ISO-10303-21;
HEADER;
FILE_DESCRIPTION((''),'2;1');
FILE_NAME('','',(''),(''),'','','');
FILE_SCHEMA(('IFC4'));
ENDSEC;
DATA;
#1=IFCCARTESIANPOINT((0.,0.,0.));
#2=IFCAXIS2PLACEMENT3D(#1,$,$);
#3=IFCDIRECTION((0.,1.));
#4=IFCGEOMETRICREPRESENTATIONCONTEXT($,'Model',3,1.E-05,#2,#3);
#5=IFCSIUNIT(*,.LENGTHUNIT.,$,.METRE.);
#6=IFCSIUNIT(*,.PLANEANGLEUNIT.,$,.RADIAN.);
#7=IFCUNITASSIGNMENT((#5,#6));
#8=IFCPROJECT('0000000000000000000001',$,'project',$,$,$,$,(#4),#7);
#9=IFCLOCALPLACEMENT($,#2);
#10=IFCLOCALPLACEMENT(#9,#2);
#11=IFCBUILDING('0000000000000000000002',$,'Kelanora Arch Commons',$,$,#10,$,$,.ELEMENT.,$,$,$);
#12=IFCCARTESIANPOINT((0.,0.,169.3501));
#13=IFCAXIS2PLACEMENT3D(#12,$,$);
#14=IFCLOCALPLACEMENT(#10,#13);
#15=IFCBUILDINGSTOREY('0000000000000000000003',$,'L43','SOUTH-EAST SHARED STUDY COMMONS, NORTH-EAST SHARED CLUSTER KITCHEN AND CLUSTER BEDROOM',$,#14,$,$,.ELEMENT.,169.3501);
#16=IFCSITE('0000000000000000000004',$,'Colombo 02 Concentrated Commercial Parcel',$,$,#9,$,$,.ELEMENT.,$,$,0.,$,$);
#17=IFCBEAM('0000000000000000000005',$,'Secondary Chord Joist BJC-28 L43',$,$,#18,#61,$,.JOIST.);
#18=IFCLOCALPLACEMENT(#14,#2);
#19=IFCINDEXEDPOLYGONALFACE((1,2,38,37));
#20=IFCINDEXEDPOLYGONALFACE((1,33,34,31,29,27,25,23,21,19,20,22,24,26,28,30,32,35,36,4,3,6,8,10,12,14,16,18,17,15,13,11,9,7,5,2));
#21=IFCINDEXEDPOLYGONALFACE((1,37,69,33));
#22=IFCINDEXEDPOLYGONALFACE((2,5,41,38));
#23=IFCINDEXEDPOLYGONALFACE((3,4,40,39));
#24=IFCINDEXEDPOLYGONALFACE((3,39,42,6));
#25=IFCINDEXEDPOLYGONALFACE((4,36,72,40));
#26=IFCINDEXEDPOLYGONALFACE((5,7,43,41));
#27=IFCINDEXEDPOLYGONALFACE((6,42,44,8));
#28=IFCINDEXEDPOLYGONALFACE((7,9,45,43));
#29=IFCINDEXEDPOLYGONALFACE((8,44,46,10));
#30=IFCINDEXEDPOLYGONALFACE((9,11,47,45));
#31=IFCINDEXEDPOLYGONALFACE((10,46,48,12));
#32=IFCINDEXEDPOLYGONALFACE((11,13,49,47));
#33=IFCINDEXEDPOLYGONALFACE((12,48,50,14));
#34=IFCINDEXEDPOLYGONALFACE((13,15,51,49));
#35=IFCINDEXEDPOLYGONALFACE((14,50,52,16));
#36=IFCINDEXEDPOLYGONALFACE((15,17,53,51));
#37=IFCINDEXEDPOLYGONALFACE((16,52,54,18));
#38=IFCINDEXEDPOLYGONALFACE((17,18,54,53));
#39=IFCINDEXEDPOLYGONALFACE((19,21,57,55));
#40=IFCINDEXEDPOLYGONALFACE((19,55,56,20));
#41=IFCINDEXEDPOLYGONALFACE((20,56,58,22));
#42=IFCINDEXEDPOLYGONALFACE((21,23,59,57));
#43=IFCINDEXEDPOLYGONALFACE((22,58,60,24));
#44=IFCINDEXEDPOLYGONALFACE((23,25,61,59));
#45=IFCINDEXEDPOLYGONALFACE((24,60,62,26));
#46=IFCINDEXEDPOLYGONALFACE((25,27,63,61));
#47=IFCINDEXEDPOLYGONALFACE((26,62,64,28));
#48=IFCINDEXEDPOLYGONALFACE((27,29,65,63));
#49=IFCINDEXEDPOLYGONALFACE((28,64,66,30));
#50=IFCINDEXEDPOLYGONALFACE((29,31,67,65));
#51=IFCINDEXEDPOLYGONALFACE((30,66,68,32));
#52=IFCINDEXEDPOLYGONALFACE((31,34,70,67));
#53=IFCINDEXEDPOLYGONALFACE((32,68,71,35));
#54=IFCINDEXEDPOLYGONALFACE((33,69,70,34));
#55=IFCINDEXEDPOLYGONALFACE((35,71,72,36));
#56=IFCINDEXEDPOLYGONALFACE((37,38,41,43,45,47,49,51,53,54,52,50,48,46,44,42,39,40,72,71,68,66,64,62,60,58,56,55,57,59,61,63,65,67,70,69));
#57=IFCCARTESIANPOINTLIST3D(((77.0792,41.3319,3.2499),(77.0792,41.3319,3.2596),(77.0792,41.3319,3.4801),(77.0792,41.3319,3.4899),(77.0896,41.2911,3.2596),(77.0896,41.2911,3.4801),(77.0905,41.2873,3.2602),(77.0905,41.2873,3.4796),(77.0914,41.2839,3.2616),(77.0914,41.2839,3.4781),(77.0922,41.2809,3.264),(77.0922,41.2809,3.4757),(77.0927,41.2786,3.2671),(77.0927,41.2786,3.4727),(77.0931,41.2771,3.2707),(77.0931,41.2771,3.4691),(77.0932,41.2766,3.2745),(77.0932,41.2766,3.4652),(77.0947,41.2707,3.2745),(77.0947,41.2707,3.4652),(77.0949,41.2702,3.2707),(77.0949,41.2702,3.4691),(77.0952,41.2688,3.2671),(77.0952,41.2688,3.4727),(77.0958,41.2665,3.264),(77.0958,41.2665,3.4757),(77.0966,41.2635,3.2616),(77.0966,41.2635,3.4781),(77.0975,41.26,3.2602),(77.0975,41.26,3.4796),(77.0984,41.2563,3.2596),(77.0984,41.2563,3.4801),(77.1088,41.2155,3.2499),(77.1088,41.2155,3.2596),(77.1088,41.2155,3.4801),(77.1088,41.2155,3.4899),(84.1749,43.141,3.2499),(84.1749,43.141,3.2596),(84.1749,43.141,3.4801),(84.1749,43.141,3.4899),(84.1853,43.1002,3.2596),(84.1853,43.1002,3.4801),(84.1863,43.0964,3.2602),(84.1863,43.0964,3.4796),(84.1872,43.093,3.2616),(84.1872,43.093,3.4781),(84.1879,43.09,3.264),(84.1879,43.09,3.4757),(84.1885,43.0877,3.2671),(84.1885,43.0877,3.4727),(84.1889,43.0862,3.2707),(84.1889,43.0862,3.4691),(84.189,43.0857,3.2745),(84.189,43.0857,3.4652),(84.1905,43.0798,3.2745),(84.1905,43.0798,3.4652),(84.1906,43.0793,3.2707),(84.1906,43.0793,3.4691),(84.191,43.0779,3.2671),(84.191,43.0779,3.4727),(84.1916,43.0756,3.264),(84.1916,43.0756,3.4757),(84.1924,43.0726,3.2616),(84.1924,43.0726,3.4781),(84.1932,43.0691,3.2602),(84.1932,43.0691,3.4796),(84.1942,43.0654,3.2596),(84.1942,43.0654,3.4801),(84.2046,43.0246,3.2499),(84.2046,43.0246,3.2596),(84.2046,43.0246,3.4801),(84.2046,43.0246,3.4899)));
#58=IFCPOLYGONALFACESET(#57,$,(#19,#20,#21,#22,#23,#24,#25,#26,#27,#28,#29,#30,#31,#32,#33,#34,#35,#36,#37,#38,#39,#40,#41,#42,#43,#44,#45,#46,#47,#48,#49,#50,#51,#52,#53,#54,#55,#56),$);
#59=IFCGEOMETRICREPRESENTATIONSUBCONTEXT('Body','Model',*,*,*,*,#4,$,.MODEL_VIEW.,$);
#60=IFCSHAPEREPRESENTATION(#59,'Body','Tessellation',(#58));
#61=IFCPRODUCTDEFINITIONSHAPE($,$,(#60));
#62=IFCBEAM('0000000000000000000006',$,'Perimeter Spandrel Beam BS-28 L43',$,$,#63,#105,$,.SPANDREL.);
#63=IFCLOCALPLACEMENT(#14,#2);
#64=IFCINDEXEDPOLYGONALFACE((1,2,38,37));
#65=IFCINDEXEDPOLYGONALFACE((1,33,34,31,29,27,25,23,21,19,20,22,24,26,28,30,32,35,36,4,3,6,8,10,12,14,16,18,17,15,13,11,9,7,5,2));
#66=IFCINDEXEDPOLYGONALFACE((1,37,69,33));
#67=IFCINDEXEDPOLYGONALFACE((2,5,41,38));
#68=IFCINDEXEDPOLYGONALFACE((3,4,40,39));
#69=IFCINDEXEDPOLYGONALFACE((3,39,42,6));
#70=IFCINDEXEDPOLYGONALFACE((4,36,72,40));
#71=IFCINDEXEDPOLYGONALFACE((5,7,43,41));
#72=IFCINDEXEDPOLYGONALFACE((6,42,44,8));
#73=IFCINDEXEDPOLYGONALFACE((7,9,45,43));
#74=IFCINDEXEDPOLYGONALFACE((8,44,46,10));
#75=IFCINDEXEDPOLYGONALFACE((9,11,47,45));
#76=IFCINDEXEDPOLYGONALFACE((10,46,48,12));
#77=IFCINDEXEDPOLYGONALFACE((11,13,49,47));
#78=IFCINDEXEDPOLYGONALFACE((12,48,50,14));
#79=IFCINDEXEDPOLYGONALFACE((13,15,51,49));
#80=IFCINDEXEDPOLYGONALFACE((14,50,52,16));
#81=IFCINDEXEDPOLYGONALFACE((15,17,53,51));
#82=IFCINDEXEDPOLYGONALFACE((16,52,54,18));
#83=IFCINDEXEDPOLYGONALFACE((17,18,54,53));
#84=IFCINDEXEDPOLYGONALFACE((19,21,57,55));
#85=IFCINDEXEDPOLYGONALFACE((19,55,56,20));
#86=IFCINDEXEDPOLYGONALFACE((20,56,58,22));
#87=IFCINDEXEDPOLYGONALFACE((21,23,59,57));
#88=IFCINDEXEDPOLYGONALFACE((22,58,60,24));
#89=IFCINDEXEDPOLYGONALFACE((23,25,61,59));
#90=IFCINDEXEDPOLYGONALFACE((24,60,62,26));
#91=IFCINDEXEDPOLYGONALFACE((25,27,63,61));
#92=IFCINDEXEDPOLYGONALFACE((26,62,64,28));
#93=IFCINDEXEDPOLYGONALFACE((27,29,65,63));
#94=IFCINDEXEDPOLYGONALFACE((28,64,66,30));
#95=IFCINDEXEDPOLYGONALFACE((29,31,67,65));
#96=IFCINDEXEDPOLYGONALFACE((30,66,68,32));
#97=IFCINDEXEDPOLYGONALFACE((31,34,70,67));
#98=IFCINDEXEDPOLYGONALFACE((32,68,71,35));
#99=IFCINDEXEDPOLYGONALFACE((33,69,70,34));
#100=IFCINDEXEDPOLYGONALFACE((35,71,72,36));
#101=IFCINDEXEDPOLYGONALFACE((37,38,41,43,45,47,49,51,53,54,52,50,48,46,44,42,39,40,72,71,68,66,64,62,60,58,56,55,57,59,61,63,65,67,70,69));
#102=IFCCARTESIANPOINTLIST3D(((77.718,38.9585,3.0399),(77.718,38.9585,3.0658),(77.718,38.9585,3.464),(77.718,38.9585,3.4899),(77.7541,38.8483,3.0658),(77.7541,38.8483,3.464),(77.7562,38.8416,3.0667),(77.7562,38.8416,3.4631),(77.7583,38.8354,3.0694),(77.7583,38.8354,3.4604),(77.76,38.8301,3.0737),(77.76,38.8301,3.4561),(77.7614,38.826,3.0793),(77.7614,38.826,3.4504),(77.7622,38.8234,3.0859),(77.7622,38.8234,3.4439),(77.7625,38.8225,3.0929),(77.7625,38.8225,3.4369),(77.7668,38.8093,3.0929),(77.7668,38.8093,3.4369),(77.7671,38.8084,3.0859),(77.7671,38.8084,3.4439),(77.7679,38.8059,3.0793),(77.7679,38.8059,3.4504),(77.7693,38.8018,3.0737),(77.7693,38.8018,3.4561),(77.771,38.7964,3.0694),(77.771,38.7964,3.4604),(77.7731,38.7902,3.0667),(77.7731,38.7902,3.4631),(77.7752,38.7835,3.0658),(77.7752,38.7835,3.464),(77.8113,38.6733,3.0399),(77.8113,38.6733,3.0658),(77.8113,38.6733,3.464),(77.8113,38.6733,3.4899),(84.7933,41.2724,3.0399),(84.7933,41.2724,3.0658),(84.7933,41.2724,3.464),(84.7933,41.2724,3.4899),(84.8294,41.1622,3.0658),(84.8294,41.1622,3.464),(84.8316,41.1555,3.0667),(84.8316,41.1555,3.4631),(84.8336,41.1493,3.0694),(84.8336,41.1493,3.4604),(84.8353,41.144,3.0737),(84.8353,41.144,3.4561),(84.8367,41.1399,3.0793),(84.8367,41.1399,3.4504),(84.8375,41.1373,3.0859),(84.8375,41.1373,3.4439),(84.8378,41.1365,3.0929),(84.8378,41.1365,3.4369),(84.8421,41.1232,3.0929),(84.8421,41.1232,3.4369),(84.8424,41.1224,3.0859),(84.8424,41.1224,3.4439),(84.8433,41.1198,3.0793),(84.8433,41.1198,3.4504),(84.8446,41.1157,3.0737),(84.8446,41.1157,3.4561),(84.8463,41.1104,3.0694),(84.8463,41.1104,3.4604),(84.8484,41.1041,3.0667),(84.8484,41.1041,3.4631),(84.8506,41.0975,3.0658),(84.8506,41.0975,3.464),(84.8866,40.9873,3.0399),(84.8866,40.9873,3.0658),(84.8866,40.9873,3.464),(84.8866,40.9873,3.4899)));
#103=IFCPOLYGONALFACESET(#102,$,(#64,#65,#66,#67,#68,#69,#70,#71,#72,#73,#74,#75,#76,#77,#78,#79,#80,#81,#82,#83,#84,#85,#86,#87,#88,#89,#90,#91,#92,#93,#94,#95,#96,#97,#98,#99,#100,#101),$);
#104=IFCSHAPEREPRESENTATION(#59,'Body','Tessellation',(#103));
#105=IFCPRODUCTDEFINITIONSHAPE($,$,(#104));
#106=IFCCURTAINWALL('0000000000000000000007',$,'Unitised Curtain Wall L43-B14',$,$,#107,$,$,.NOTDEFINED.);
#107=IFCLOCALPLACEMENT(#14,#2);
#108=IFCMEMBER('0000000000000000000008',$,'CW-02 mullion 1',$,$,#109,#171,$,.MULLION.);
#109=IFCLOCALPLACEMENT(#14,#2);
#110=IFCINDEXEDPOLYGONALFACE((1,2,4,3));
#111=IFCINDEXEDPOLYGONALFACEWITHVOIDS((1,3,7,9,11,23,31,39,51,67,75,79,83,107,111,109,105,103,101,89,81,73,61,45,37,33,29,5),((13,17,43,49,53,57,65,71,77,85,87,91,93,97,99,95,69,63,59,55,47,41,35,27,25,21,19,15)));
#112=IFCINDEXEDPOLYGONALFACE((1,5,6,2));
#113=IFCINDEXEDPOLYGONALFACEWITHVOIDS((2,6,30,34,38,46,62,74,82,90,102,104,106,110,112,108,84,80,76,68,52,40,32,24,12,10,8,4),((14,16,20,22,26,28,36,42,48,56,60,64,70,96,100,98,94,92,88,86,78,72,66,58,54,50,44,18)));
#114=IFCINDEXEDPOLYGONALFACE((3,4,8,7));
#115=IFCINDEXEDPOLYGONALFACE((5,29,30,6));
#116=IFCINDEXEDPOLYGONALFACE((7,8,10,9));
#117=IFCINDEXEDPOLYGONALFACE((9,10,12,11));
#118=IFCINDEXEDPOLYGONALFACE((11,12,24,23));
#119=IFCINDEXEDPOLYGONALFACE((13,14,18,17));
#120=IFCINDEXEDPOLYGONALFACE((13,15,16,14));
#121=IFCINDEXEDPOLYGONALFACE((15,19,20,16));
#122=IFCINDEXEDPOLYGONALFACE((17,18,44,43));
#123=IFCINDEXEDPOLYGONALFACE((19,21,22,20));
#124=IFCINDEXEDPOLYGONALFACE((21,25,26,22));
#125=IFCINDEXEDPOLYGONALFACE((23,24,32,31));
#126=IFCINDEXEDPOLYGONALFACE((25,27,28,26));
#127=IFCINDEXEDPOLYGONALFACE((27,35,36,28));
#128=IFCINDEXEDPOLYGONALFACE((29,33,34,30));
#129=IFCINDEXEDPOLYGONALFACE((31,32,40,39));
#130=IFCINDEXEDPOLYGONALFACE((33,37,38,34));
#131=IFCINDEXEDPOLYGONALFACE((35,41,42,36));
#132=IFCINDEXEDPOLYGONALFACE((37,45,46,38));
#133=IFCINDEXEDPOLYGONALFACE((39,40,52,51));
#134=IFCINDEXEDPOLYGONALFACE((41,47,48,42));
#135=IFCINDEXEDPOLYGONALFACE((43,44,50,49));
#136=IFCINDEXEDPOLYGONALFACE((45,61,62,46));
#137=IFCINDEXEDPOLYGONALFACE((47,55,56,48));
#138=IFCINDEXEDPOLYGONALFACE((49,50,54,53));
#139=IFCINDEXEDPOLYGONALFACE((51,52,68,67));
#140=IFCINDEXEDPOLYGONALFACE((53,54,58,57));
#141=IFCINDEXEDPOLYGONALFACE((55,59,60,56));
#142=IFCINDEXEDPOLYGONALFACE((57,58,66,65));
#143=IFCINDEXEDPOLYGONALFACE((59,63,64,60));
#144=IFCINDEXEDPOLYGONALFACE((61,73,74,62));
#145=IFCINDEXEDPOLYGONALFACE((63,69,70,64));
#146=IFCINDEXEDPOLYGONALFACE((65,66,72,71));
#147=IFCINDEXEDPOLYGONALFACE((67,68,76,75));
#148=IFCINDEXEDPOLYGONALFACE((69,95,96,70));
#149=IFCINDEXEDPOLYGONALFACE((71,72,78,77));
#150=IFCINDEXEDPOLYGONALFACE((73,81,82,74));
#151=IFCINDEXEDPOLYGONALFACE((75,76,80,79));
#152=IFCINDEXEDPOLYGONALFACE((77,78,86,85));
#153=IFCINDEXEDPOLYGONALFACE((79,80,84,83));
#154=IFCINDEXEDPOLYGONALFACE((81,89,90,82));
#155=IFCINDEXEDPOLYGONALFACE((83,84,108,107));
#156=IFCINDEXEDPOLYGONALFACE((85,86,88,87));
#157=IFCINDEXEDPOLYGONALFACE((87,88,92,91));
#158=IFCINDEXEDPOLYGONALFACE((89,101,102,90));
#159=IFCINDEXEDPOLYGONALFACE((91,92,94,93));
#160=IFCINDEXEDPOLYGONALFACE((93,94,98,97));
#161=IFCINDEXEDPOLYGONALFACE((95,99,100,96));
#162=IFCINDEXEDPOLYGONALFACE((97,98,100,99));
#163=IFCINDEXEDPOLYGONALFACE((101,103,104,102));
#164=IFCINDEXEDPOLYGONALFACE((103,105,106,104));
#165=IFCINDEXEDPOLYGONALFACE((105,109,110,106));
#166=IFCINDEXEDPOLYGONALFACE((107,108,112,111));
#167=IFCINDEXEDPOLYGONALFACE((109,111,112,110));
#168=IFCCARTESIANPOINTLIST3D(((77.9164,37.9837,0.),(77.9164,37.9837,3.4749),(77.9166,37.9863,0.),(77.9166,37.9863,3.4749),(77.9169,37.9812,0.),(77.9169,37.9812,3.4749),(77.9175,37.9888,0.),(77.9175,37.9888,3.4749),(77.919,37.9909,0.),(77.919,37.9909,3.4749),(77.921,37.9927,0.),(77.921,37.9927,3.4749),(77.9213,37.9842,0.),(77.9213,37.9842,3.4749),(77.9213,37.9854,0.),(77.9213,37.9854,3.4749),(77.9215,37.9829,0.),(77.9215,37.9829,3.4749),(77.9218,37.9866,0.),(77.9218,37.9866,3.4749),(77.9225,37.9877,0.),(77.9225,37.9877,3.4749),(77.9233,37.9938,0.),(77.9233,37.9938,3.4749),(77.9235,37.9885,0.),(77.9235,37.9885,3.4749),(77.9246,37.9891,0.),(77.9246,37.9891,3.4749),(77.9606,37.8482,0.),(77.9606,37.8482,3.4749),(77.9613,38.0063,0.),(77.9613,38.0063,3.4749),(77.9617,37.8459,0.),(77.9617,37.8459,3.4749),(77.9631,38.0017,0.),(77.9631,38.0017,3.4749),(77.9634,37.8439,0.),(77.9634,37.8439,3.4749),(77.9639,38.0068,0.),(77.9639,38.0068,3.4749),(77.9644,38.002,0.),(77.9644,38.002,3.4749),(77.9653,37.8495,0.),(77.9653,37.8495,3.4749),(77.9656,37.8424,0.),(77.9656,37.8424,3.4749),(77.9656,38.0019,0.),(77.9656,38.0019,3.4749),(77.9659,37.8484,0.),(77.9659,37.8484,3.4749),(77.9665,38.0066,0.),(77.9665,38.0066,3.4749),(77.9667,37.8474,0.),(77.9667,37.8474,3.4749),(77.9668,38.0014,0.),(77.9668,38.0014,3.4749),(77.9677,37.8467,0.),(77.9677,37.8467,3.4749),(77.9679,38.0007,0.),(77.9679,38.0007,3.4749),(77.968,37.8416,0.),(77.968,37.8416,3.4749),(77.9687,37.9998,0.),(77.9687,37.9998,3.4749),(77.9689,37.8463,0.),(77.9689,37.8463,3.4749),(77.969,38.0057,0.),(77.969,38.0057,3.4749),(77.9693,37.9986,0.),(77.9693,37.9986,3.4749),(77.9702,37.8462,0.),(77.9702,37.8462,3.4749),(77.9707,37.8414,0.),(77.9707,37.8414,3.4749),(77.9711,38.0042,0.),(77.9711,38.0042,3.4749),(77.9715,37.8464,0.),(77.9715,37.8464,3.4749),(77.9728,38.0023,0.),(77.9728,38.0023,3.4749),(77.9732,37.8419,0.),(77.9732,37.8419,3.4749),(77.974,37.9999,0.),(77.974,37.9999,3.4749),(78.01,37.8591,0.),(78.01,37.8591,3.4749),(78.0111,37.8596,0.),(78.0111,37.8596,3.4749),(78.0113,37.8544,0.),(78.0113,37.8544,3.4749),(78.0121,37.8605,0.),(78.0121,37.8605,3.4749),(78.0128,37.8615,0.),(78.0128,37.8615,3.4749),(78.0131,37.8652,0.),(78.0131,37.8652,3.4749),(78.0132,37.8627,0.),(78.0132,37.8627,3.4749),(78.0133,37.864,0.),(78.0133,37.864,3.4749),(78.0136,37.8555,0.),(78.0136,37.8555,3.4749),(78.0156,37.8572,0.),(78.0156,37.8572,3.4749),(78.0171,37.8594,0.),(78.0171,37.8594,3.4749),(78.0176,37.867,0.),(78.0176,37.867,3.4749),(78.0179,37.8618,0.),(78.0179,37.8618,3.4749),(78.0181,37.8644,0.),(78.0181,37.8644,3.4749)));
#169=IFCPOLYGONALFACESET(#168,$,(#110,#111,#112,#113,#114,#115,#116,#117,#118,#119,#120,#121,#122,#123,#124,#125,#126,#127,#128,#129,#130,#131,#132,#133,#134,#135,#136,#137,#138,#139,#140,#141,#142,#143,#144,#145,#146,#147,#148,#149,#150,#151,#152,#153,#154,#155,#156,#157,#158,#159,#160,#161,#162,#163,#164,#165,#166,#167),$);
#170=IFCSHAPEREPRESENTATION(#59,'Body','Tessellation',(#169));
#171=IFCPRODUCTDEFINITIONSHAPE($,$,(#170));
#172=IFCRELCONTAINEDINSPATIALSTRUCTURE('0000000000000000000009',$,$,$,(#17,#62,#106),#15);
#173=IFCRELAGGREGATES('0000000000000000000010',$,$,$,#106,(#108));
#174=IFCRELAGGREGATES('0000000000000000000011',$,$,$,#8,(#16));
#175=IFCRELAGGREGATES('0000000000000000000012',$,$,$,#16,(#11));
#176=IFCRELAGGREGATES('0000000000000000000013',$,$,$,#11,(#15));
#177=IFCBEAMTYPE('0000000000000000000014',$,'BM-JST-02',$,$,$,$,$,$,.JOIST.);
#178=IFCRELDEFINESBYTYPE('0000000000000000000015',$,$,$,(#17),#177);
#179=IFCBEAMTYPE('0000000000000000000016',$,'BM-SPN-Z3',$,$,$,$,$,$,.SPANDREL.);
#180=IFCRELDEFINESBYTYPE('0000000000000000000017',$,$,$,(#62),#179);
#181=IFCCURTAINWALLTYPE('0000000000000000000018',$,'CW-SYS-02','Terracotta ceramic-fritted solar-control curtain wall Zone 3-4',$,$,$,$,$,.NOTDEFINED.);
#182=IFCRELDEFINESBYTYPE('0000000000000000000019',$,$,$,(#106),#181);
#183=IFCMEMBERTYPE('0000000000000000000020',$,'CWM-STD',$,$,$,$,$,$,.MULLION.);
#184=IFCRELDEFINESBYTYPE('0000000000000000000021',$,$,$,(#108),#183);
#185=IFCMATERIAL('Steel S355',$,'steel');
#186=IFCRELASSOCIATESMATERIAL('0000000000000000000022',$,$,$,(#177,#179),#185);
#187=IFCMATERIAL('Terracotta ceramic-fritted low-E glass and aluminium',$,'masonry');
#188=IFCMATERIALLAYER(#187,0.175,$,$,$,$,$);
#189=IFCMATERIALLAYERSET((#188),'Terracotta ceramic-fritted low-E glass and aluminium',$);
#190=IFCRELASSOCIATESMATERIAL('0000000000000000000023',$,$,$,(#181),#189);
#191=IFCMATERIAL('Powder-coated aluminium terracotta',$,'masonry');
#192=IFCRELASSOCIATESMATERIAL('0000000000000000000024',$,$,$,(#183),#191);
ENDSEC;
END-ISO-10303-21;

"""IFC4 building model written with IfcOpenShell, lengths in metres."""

from ifc_helpers import new_model, si_unit, direction, frame, origin, origin_2d, place, context, subcontext, project, spatial, hollow_rectangle, i_section, extrude, material, layer, layer_set, material_profile, profile_set, type_object, element, aggregate, save


model = new_model("IFC4")

# Units and contexts
model_context = context("Model", 3, precision=1e-05, world=origin(), true_north=direction((0.0, 1.0)))
body_context = subcontext(model_context, "Body", "Model", "MODEL_VIEW")
ifc_project = project(units=[si_unit("LENGTHUNIT", "METRE"), si_unit("PLANEANGLEUNIT", "RADIAN")], contexts=[model_context])

# Site, building, storey
site_placement = place(None, origin())
site = spatial("IfcSite", under=ifc_project, at=site_placement, Name="Colombo 02 Concentrated Commercial Parcel", CompositionType="ELEMENT", RefElevation=0.0)
building_placement = place(site_placement, origin())
building = spatial("IfcBuilding", under=site, at=building_placement, Name="Kelanora Arch Commons", CompositionType="ELEMENT")
storey_placement = place(building_placement, frame((0.0, 0.0, 169.3501)))
storey = spatial("IfcBuildingStorey", under=building, at=storey_placement, Name="L43", Description="SOUTH-EAST SHARED STUDY COMMONS, NORTH-EAST SHARED CLUSTER KITCHEN AND CLUSTER BEDROOM", CompositionType="ELEMENT", Elevation=169.3501)

# Beams
ifc_material_1 = material(Name="Steel S355", Category="steel")
ifc_material_profile_1 = material_profile(ifc_material_1, i_section(OverallWidth=0.1201, OverallDepth=0.24, WebThickness=0.0061, FlangeThickness=0.0098, FilletRadius=0.0149, at=origin_2d()), Name="IPE240")
ifc_profile_set_1 = profile_set([ifc_material_profile_1], Name="Steel S355")
beam_type_1 = type_object("IfcBeamType", Name="BM-JST-02", PredefinedType="JOIST", material=ifc_profile_set_1)
beam_1_placement = place(storey_placement, frame((77.094, 41.2737, 3.3699), z_axis=(0.969002, 0.247052, 0.0), x_axis=(-0.247052, 0.969002, 0.0)))
element("IfcBeam", 1, at=beam_1_placement, inside=storey, type_object=beam_type_1, Name="Secondary Chord Joist BJC-28 L43", PredefinedType="JOIST", context=body_context, shape_type="SweptSolid", body=[
    extrude(i_section(OverallWidth=0.1201, OverallDepth=0.24, WebThickness=0.0061, FlangeThickness=0.0098, FilletRadius=0.0149, at=origin_2d()), origin(), (0.0, 0.0, 1.0), 7.3228),
])
ifc_material_profile_2 = material_profile(ifc_material_1, i_section(OverallWidth=0.3, OverallDepth=0.45, WebThickness=0.0139, FlangeThickness=0.0259, FilletRadius=0.0271, at=origin_2d()), Name="HEB450")
ifc_profile_set_2 = profile_set([ifc_material_profile_2], Name="Steel S355")
beam_type_2 = type_object("IfcBeamType", Name="BM-SPN-Z3", PredefinedType="SPANDREL", material=ifc_profile_set_2)
beam_2_placement = place(storey_placement, frame((77.7646, 38.8159, 3.2649), z_axis=(0.950462, 0.310841, 0.0), x_axis=(-0.310841, 0.950462, 0.0)))
element("IfcBeam", 2, at=beam_2_placement, inside=storey, type_object=beam_type_2, Name="Perimeter Spandrel Beam BS-28 L43", PredefinedType="SPANDREL", context=body_context, shape_type="SweptSolid", body=[
    extrude(i_section(OverallWidth=0.3, OverallDepth=0.45, WebThickness=0.0139, FlangeThickness=0.0259, FilletRadius=0.0271, at=origin_2d()), origin(), (0.0, 0.0, 1.0), 7.4441),
])

# Curtain wall, member
ifc_material_2 = material(Name="Terracotta ceramic-fritted low-E glass and aluminium", Category="masonry")
ifc_layer_1 = layer(ifc_material_2, 0.175)
ifc_layer_set_1 = layer_set([ifc_layer_1], Name="Terracotta ceramic-fritted low-E glass and aluminium")
curtain_wall_type = type_object("IfcCurtainWallType", Name="CW-SYS-02", Description="Terracotta ceramic-fritted solar-control curtain wall Zone 3-4", PredefinedType="NOTDEFINED", material=ifc_layer_set_1)
curtain_wall_placement = place(storey_placement, origin())
curtain_wall = element("IfcCurtainWall", 3, at=curtain_wall_placement, inside=storey, type_object=curtain_wall_type, Name="Unitised Curtain Wall L43-B14", PredefinedType="NOTDEFINED")
ifc_material_3 = material(Name="Powder-coated aluminium terracotta", Category="masonry")
ifc_material_profile_3 = material_profile(ifc_material_3, hollow_rectangle(XDim=0.1599, YDim=0.0601, WallThickness=0.0049, InnerFilletRadius=0.0049, OuterFilletRadius=0.01, at=origin_2d()), Name="CWM160x60")
ifc_profile_set_3 = profile_set([ifc_material_profile_3], Name="Powder-coated aluminium terracotta")
member_type_1 = type_object("IfcMemberType", Name="CWM-STD", PredefinedType="MULLION", material=ifc_profile_set_3)
member_1_placement = place(storey_placement, frame((77.9673, 37.9241, 0.0), z_axis=(0.0, 0.0, 1.0), x_axis=(-0.312128, 0.95004, 0.0)))
member_1 = element("IfcMember", 4, at=member_1_placement, type_object=member_type_1, Name="CW-02 mullion 1", PredefinedType="MULLION", context=body_context, shape_type="SweptSolid", body=[
    extrude(hollow_rectangle(XDim=0.1599, YDim=0.0601, WallThickness=0.0049, InnerFilletRadius=0.0049, OuterFilletRadius=0.01, at=origin_2d()), origin(), (0.0, 0.0, 1.0), 3.4749),
])
aggregate(curtain_wall, [member_1])

save(model, "model.ifc")
